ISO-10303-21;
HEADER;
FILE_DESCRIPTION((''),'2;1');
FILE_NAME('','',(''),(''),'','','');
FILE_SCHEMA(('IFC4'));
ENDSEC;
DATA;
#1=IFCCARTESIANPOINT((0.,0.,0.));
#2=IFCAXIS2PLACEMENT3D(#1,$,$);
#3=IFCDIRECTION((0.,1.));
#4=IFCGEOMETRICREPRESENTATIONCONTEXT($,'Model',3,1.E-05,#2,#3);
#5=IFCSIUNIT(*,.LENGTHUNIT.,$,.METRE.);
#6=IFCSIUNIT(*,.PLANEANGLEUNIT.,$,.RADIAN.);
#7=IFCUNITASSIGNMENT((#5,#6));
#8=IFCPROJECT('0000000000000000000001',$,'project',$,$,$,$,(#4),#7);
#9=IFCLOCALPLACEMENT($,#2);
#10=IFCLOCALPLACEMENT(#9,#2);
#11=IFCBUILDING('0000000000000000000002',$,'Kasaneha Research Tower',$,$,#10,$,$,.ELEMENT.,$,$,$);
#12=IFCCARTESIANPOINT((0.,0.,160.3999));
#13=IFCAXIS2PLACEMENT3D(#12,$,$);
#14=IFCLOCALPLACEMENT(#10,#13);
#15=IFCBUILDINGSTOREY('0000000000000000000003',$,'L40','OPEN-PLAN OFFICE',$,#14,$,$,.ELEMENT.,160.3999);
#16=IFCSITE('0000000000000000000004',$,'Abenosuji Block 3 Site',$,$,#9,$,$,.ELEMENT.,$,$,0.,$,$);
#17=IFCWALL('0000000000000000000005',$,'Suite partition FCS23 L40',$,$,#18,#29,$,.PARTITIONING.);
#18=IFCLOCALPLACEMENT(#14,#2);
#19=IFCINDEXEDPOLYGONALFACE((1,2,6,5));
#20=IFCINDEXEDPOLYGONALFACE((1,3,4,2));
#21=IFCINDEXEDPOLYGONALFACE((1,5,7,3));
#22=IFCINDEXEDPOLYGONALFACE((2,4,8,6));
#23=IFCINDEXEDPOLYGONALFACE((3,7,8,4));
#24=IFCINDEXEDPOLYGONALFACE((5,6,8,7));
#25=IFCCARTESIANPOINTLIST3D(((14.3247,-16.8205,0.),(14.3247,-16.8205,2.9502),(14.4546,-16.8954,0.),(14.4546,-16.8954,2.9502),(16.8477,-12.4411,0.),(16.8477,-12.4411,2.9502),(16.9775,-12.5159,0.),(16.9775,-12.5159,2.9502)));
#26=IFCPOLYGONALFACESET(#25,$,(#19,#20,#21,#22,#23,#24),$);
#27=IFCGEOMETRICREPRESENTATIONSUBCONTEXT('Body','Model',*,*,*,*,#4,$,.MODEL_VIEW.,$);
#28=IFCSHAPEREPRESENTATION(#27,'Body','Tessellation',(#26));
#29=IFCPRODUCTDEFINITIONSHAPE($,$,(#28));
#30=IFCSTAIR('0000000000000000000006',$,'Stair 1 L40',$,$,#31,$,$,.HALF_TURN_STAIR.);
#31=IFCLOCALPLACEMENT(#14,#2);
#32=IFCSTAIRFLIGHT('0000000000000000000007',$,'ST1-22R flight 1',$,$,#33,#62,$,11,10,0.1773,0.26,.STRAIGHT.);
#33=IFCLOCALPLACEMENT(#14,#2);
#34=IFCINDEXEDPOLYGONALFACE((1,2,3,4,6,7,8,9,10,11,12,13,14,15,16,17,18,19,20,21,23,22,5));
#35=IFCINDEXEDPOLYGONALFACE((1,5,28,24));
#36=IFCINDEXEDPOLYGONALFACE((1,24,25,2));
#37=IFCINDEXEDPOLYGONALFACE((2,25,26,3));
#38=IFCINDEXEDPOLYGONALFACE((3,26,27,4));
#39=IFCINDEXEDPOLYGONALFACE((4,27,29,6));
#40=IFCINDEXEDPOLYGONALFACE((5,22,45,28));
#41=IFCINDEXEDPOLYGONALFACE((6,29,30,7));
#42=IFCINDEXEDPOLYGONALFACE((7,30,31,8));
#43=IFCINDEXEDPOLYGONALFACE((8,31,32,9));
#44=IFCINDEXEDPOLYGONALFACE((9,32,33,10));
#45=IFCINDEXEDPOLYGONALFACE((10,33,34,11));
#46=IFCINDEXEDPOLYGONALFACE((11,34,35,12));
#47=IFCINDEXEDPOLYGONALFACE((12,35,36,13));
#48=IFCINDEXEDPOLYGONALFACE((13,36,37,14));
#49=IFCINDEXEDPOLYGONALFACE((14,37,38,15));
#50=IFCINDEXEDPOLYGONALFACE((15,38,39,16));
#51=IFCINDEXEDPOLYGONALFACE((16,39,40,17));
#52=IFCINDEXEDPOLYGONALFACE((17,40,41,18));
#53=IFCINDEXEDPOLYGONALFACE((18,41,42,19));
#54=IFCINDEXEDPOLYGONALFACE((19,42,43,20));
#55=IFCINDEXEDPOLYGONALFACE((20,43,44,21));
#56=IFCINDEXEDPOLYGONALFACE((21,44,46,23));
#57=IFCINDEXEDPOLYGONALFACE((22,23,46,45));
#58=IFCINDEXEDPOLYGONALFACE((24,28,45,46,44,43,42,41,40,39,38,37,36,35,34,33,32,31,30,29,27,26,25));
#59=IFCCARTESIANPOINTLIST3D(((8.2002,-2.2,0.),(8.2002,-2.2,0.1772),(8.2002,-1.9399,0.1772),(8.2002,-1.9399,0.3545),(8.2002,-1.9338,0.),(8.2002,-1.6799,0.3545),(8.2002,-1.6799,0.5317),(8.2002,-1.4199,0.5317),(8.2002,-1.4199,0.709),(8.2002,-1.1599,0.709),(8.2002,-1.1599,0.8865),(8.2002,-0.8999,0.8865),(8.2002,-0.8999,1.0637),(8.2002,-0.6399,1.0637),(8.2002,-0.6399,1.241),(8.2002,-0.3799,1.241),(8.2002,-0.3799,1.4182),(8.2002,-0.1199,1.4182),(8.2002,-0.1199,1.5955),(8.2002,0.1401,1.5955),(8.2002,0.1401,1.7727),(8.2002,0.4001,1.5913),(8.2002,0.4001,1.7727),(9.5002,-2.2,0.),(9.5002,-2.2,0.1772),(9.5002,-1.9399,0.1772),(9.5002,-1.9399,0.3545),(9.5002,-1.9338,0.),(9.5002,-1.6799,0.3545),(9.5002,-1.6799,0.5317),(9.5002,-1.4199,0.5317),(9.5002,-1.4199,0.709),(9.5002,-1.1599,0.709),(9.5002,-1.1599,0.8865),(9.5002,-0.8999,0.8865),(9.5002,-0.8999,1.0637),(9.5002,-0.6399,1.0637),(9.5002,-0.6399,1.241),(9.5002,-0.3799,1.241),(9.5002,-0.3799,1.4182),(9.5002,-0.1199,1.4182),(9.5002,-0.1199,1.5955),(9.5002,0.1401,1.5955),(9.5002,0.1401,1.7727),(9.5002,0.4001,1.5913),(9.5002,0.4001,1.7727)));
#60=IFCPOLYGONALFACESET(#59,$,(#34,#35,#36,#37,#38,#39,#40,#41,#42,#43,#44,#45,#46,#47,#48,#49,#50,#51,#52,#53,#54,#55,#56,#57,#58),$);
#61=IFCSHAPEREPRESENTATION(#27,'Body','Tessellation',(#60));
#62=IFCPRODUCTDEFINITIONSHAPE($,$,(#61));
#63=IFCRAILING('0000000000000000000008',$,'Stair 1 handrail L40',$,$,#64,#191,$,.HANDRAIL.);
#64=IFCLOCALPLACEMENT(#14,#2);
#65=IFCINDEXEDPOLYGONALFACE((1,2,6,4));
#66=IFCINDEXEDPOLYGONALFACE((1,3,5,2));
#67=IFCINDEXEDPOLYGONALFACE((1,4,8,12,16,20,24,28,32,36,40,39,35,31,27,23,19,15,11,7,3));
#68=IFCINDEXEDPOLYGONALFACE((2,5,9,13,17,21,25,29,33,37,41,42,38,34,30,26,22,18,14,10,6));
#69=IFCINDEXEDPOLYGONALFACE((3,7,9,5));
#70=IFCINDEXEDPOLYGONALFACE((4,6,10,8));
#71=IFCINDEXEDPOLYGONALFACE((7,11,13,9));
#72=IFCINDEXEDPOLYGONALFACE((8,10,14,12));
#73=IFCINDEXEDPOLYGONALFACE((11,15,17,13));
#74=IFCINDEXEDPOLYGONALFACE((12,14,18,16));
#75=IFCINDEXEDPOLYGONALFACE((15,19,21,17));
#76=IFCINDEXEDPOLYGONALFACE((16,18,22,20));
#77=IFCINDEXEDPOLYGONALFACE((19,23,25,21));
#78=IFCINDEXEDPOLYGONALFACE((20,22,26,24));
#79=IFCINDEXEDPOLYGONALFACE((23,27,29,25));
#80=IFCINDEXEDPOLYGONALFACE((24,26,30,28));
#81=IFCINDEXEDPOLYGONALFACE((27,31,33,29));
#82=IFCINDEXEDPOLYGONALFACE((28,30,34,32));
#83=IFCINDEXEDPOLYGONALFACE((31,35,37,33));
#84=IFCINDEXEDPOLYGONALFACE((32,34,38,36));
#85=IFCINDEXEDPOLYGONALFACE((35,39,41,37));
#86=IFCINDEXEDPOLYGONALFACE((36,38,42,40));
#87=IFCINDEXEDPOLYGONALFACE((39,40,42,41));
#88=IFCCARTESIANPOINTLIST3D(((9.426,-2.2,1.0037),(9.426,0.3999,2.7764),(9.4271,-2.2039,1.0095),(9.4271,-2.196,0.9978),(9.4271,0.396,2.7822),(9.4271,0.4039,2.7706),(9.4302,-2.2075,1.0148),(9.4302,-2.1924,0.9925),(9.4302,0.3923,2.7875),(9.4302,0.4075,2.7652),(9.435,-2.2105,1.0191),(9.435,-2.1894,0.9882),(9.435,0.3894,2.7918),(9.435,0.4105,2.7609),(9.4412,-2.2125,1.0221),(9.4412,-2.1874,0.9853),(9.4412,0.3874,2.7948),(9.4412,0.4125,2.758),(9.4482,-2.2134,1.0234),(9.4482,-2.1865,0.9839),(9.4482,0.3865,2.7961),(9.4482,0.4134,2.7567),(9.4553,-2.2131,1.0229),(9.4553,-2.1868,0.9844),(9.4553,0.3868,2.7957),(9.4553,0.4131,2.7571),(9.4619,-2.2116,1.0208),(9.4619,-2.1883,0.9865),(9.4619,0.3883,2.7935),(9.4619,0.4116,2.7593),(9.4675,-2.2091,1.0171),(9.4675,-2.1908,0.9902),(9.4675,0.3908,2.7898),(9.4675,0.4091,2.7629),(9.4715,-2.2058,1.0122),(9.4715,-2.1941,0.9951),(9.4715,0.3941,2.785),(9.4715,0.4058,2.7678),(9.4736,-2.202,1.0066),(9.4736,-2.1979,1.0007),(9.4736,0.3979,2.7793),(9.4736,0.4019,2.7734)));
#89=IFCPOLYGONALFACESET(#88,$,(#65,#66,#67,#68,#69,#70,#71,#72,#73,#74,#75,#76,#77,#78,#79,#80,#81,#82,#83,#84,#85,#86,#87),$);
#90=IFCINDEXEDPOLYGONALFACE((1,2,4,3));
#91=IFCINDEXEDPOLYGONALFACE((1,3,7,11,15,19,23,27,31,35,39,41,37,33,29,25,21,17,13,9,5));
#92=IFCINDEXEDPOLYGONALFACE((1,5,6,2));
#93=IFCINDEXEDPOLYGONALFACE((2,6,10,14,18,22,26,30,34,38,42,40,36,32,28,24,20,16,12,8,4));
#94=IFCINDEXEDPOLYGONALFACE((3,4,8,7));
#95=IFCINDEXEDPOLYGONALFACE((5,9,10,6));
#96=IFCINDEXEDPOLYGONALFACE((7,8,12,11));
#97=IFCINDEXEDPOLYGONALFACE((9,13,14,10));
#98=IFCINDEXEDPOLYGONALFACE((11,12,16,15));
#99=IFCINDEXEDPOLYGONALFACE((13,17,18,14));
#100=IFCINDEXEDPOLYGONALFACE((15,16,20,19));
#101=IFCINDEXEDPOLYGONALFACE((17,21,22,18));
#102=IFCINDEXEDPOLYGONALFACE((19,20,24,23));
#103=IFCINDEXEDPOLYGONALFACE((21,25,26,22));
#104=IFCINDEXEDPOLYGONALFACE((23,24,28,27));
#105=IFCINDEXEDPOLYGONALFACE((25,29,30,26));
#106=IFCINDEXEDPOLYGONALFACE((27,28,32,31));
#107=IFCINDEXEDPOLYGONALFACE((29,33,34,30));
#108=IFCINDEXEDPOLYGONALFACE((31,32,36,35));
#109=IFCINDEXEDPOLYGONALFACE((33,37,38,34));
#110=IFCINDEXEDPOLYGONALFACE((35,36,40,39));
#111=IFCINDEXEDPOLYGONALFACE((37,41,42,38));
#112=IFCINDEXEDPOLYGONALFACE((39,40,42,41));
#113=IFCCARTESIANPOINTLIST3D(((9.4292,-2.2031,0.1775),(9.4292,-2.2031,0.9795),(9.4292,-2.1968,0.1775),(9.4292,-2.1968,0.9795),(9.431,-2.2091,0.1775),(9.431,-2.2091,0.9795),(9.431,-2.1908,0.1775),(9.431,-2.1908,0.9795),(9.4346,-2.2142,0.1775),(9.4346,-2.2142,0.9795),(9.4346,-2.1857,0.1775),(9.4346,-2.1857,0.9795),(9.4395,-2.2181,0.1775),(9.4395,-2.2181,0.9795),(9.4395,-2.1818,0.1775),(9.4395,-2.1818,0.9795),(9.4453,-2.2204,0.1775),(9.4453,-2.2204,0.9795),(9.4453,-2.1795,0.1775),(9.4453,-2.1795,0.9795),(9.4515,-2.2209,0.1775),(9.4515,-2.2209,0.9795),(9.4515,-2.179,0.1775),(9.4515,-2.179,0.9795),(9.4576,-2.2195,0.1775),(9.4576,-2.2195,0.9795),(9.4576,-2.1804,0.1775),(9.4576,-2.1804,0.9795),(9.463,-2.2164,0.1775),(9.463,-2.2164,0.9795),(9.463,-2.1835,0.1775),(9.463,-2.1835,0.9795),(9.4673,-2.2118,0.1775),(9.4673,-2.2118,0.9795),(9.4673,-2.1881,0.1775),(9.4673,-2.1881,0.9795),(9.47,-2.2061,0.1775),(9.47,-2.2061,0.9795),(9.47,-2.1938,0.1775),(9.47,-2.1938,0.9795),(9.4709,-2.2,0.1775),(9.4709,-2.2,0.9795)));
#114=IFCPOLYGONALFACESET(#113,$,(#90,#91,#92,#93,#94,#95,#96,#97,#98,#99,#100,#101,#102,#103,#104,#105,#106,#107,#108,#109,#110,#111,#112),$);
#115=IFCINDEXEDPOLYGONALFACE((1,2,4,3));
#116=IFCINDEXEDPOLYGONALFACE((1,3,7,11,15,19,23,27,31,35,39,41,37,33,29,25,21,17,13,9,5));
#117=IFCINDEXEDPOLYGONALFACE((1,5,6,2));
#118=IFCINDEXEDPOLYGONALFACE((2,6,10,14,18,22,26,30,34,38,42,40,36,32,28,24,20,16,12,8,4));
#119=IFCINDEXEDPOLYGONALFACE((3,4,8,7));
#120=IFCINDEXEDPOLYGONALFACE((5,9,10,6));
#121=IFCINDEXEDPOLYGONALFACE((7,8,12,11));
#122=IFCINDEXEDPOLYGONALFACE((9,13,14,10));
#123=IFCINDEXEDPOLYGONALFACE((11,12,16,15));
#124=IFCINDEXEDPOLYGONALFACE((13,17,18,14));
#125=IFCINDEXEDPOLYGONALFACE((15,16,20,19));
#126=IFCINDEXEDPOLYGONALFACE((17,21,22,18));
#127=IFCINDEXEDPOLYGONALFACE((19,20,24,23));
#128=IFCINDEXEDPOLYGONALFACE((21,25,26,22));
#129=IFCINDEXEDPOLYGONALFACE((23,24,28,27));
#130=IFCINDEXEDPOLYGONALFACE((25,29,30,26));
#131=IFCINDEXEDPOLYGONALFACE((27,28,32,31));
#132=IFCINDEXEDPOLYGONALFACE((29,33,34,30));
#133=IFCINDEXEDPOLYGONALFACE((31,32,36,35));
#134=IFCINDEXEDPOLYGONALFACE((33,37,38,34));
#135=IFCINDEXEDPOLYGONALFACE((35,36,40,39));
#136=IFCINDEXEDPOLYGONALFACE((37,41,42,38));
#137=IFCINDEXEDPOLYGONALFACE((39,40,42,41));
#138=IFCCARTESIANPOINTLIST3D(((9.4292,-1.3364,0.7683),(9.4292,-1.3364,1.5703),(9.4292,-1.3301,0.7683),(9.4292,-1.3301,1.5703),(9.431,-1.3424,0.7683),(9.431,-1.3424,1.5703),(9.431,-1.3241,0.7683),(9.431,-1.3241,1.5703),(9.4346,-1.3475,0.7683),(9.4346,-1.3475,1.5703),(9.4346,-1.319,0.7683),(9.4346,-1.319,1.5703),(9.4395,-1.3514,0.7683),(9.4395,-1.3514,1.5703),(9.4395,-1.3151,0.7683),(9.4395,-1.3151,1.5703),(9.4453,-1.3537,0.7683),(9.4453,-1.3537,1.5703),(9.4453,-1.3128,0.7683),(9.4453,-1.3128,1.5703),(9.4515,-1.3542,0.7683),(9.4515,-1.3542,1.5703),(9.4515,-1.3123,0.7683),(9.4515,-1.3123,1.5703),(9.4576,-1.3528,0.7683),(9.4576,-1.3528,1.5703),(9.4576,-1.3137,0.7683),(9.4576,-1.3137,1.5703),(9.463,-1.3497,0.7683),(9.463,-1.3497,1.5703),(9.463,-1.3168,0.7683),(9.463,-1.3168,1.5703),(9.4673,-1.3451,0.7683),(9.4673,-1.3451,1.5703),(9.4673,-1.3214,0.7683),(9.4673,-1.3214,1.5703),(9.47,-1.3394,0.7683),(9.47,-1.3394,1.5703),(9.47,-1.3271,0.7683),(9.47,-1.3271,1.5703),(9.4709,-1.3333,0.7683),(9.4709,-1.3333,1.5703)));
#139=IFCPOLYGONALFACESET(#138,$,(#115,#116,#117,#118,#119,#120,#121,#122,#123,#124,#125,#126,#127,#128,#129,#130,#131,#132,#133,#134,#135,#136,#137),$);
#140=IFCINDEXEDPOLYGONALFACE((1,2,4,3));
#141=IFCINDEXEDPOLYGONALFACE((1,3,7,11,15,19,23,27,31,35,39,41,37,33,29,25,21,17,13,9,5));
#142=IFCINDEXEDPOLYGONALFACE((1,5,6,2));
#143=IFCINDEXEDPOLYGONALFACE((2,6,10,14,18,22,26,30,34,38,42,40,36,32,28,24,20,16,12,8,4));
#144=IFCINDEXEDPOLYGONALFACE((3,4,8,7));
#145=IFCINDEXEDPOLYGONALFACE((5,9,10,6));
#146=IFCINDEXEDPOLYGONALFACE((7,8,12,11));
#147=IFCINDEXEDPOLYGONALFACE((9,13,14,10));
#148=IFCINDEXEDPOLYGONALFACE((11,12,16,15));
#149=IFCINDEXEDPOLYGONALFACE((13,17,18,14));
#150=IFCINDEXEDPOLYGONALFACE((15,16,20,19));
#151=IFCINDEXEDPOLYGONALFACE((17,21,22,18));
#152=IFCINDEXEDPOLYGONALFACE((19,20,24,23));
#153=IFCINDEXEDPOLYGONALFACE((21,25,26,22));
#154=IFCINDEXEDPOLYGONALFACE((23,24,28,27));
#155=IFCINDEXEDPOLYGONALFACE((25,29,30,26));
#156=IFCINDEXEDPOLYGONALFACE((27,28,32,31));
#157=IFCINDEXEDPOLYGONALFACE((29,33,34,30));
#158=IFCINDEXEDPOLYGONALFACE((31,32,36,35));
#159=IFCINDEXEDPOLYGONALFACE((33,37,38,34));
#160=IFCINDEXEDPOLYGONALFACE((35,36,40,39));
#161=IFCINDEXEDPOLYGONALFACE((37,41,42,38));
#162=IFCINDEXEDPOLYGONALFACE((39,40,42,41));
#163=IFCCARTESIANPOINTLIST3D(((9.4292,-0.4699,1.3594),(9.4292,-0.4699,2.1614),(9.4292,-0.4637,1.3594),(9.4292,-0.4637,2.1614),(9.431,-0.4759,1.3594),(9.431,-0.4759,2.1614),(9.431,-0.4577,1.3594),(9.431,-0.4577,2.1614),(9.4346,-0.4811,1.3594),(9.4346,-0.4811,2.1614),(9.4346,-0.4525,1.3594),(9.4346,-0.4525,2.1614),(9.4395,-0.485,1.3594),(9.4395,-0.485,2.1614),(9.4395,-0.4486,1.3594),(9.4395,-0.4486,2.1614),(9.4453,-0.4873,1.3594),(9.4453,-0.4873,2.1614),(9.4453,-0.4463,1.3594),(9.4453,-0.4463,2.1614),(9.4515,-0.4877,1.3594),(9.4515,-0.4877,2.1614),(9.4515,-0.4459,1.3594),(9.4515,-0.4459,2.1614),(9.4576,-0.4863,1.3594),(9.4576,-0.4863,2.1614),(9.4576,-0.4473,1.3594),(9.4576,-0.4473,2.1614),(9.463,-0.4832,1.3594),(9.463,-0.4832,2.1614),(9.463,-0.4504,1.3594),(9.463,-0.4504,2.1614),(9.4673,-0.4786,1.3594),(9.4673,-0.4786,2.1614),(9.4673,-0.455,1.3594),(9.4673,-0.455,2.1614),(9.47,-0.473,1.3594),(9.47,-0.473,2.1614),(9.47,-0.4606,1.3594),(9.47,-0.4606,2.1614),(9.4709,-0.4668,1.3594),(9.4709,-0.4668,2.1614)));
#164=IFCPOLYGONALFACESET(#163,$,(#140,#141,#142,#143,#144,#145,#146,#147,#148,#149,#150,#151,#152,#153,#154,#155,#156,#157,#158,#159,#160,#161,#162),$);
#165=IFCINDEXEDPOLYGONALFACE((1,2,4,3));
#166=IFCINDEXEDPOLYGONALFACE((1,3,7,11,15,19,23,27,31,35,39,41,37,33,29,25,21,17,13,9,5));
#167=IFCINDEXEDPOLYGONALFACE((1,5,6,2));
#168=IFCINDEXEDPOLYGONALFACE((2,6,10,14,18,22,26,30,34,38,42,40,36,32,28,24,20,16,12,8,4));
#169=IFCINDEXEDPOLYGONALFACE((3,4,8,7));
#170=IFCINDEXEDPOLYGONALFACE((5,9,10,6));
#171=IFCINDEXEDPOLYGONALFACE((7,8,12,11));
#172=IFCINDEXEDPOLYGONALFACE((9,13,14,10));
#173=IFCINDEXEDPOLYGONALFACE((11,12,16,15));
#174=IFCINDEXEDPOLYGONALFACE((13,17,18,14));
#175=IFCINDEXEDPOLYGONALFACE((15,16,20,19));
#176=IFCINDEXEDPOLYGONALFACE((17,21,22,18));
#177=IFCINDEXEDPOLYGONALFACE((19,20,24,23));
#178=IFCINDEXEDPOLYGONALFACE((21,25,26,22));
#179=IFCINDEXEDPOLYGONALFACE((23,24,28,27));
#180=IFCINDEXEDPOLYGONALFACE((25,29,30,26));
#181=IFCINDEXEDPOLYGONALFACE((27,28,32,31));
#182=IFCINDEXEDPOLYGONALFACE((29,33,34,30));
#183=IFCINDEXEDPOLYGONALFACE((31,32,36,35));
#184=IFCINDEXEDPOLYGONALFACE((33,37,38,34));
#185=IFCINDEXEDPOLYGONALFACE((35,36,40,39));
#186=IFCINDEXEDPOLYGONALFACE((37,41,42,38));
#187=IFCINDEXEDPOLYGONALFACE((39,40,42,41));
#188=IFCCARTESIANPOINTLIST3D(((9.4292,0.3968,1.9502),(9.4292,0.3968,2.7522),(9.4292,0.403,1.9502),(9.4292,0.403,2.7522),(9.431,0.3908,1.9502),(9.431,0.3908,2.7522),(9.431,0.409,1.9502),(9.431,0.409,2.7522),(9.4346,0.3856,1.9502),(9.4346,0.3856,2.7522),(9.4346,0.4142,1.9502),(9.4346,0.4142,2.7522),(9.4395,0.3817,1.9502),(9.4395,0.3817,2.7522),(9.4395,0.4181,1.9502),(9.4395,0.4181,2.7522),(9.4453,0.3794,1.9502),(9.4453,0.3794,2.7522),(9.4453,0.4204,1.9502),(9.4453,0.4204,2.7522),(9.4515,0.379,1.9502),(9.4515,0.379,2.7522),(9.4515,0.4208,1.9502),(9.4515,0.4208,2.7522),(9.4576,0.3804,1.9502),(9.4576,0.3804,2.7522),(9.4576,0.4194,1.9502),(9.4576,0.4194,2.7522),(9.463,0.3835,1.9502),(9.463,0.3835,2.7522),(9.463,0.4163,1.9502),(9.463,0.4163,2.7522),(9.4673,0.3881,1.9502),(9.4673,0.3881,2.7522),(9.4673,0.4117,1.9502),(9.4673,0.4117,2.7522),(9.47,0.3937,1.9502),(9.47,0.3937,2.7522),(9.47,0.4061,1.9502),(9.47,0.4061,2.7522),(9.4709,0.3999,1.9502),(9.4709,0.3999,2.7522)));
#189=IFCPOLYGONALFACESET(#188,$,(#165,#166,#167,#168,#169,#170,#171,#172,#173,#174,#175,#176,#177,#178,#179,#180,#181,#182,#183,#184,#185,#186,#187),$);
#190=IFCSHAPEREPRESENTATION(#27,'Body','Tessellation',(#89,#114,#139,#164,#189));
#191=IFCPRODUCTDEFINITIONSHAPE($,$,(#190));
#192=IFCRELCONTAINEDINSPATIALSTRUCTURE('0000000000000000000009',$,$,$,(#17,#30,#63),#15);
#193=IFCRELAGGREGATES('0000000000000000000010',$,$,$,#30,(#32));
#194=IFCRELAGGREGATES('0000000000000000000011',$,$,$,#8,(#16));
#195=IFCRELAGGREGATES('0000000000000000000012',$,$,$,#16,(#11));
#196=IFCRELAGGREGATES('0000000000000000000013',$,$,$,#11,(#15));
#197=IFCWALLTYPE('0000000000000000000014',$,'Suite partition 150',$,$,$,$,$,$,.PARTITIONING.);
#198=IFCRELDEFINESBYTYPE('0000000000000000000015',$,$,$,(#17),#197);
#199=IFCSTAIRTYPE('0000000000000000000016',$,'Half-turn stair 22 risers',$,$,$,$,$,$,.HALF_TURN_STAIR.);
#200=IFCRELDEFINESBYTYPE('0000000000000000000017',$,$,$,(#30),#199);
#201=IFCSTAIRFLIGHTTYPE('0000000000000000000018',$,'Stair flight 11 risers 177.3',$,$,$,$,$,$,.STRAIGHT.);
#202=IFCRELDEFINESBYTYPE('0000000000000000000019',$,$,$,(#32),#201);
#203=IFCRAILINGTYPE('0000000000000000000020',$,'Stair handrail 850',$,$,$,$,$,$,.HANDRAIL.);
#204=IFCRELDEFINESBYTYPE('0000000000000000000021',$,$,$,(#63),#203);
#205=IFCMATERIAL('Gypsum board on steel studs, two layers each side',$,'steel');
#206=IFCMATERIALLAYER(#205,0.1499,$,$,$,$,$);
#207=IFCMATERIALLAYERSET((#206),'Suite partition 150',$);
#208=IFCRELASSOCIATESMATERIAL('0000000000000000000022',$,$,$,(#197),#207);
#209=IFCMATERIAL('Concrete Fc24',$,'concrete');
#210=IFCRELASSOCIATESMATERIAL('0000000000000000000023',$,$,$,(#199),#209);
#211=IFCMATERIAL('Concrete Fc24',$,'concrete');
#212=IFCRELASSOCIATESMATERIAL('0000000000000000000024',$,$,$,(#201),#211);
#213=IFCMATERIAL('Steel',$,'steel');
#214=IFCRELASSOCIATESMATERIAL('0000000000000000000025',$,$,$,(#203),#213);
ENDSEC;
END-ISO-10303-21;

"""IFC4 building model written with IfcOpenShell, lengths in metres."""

from ifc_helpers import new_model, si_unit, direction, frame, frame_2d, origin, origin_2d, place, context, subcontext, project, spatial, polyline, rectangle, circle, outline, extrude, material, layer, layer_set, type_object, element, aggregate, save


model = new_model("IFC4")

# Units and contexts
model_context = context("Model", 3, precision=1e-05, world=origin(), true_north=direction((0.0, 1.0)))
body_context = subcontext(model_context, "Body", "Model", "MODEL_VIEW")
ifc_project = project(units=[si_unit("LENGTHUNIT", "METRE"), si_unit("PLANEANGLEUNIT", "RADIAN")], contexts=[model_context])

# Site, building, storey
site_placement = place(None, origin())
site = spatial("IfcSite", under=ifc_project, at=site_placement, Name="Abenosuji Block 3 Site", CompositionType="ELEMENT", RefElevation=0.0)
building_placement = place(site_placement, origin())
building = spatial("IfcBuilding", under=site, at=building_placement, Name="Kasaneha Research Tower", CompositionType="ELEMENT")
storey_placement = place(building_placement, frame((0.0, 0.0, 160.3999)))
storey = spatial("IfcBuildingStorey", under=building, at=storey_placement, Name="L40", Description="OPEN-PLAN OFFICE", CompositionType="ELEMENT", Elevation=160.3999)

# Wall
ifc_material_1 = material(Name="Gypsum board on steel studs, two layers each side", Category="steel")
ifc_layer_1 = layer(ifc_material_1, 0.1499)
ifc_layer_set_1 = layer_set([ifc_layer_1], Name="Suite partition 150")
wall_type_1 = type_object("IfcWallType", Name="Suite partition 150", PredefinedType="PARTITIONING", material=ifc_layer_set_1)
wall_1_placement = place(storey_placement, frame((16.9126, -12.4785, 0.0), z_axis=(0.0, 0.0, 1.0), x_axis=(-0.499184, -0.866496, 0.0)))
element("IfcWall", 1, at=wall_1_placement, inside=storey, type_object=wall_type_1, Name="Suite partition FCS23 L40", PredefinedType="PARTITIONING", context=body_context, shape_type="SweptSolid", body=[
    extrude(rectangle(XDim=5.0542, YDim=0.1499, at=frame_2d((2.5271, 0.0))), origin(), (0.0, 0.0, 1.0), 2.9502),
])

# Stair, stair flight
ifc_material_2 = material(Name="Concrete Fc24", Category="concrete")
stair_type = type_object("IfcStairType", Name="Half-turn stair 22 risers", PredefinedType="HALF_TURN_STAIR", material=ifc_material_2)
stair_placement = place(storey_placement, origin())
stair = element("IfcStair", 2, at=stair_placement, inside=storey, type_object=stair_type, Name="Stair 1 L40", PredefinedType="HALF_TURN_STAIR")
ifc_material_3 = material(Name="Concrete Fc24", Category="concrete")
stair_flight_type = type_object("IfcStairFlightType", Name="Stair flight 11 risers 177.3", PredefinedType="STRAIGHT", material=ifc_material_3)
stair_flight_placement = place(storey_placement, frame((8.8501, -2.2, 0.0), z_axis=(0.0, 0.0, 1.0), x_axis=(0.0, 1.0, 0.0)))
stair_flight = element("IfcStairFlight", 3, at=stair_flight_placement, type_object=stair_flight_type, Name="ST1-22R flight 1", NumberOfRisers=11, NumberOfTreads=10, PredefinedType="STRAIGHT", RiserHeight=0.1773, TreadLength=0.26, context=body_context, shape_type="SweptSolid", body=[
    extrude(outline(polyline([(0.0, 0.0), (0.0, 0.1772), (0.26, 0.1772), (0.26, 0.3545), (0.52, 0.3545), (0.52, 0.5317), (0.78, 0.5317), (0.78, 0.709), (1.04, 0.709), (1.04, 0.8865), (1.3, 0.8865), (1.3, 1.0637), (1.5601, 1.0637), (1.5601, 1.241), (1.8201, 1.241), (1.8201, 1.4182), (2.0801, 1.4182), (2.0801, 1.5955), (2.3401, 1.5955), (2.3401, 1.7727), (2.6001, 1.7727), (2.6001, 1.95), (2.6001, 1.5913), (0.2661, 0.0), (0.0, 0.0)])), frame((0.0, 0.6499, 0.0), z_axis=(0.0, -1.0, 0.0), x_axis=(1.0, 0.0, 0.0)), (0.0, 0.0, 1.0), 1.3),
])
aggregate(stair, [stair_flight])

# Railing
ifc_material_4 = material(Name="Steel", Category="steel")
railing_type = type_object("IfcRailingType", Name="Stair handrail 850", PredefinedType="HANDRAIL", material=ifc_material_4)
railing_placement = place(storey_placement, frame((9.45, -2.2, 0.1775)))
element("IfcRailing", 4, at=railing_placement, inside=storey, type_object=railing_type, Name="Stair 1 handrail L40", PredefinedType="HANDRAIL", context=body_context, shape_type="SweptSolid", body=[
    extrude(circle(Radius=0.0239, at=origin_2d()), frame((0.0, 0.0, 0.8262), z_axis=(0.0, 0.826216, 0.563354), x_axis=(-1.0, 0.0, 0.0)), (0.0, 0.0, 1.0), 3.1467),
    extrude(circle(Radius=0.021, at=origin_2d()), origin(), (0.0, 0.0, 1.0), 0.802),
    extrude(circle(Radius=0.021, at=origin_2d()), frame((0.0, 0.8667, 0.5908)), (0.0, 0.0, 1.0), 0.802),
    extrude(circle(Radius=0.021, at=origin_2d()), frame((0.0, 1.7332, 1.1819)), (0.0, 0.0, 1.0), 0.802),
    extrude(circle(Radius=0.021, at=origin_2d()), frame((0.0, 2.5999, 1.7727)), (0.0, 0.0, 1.0), 0.802),
])

save(model, "model.ifc")
